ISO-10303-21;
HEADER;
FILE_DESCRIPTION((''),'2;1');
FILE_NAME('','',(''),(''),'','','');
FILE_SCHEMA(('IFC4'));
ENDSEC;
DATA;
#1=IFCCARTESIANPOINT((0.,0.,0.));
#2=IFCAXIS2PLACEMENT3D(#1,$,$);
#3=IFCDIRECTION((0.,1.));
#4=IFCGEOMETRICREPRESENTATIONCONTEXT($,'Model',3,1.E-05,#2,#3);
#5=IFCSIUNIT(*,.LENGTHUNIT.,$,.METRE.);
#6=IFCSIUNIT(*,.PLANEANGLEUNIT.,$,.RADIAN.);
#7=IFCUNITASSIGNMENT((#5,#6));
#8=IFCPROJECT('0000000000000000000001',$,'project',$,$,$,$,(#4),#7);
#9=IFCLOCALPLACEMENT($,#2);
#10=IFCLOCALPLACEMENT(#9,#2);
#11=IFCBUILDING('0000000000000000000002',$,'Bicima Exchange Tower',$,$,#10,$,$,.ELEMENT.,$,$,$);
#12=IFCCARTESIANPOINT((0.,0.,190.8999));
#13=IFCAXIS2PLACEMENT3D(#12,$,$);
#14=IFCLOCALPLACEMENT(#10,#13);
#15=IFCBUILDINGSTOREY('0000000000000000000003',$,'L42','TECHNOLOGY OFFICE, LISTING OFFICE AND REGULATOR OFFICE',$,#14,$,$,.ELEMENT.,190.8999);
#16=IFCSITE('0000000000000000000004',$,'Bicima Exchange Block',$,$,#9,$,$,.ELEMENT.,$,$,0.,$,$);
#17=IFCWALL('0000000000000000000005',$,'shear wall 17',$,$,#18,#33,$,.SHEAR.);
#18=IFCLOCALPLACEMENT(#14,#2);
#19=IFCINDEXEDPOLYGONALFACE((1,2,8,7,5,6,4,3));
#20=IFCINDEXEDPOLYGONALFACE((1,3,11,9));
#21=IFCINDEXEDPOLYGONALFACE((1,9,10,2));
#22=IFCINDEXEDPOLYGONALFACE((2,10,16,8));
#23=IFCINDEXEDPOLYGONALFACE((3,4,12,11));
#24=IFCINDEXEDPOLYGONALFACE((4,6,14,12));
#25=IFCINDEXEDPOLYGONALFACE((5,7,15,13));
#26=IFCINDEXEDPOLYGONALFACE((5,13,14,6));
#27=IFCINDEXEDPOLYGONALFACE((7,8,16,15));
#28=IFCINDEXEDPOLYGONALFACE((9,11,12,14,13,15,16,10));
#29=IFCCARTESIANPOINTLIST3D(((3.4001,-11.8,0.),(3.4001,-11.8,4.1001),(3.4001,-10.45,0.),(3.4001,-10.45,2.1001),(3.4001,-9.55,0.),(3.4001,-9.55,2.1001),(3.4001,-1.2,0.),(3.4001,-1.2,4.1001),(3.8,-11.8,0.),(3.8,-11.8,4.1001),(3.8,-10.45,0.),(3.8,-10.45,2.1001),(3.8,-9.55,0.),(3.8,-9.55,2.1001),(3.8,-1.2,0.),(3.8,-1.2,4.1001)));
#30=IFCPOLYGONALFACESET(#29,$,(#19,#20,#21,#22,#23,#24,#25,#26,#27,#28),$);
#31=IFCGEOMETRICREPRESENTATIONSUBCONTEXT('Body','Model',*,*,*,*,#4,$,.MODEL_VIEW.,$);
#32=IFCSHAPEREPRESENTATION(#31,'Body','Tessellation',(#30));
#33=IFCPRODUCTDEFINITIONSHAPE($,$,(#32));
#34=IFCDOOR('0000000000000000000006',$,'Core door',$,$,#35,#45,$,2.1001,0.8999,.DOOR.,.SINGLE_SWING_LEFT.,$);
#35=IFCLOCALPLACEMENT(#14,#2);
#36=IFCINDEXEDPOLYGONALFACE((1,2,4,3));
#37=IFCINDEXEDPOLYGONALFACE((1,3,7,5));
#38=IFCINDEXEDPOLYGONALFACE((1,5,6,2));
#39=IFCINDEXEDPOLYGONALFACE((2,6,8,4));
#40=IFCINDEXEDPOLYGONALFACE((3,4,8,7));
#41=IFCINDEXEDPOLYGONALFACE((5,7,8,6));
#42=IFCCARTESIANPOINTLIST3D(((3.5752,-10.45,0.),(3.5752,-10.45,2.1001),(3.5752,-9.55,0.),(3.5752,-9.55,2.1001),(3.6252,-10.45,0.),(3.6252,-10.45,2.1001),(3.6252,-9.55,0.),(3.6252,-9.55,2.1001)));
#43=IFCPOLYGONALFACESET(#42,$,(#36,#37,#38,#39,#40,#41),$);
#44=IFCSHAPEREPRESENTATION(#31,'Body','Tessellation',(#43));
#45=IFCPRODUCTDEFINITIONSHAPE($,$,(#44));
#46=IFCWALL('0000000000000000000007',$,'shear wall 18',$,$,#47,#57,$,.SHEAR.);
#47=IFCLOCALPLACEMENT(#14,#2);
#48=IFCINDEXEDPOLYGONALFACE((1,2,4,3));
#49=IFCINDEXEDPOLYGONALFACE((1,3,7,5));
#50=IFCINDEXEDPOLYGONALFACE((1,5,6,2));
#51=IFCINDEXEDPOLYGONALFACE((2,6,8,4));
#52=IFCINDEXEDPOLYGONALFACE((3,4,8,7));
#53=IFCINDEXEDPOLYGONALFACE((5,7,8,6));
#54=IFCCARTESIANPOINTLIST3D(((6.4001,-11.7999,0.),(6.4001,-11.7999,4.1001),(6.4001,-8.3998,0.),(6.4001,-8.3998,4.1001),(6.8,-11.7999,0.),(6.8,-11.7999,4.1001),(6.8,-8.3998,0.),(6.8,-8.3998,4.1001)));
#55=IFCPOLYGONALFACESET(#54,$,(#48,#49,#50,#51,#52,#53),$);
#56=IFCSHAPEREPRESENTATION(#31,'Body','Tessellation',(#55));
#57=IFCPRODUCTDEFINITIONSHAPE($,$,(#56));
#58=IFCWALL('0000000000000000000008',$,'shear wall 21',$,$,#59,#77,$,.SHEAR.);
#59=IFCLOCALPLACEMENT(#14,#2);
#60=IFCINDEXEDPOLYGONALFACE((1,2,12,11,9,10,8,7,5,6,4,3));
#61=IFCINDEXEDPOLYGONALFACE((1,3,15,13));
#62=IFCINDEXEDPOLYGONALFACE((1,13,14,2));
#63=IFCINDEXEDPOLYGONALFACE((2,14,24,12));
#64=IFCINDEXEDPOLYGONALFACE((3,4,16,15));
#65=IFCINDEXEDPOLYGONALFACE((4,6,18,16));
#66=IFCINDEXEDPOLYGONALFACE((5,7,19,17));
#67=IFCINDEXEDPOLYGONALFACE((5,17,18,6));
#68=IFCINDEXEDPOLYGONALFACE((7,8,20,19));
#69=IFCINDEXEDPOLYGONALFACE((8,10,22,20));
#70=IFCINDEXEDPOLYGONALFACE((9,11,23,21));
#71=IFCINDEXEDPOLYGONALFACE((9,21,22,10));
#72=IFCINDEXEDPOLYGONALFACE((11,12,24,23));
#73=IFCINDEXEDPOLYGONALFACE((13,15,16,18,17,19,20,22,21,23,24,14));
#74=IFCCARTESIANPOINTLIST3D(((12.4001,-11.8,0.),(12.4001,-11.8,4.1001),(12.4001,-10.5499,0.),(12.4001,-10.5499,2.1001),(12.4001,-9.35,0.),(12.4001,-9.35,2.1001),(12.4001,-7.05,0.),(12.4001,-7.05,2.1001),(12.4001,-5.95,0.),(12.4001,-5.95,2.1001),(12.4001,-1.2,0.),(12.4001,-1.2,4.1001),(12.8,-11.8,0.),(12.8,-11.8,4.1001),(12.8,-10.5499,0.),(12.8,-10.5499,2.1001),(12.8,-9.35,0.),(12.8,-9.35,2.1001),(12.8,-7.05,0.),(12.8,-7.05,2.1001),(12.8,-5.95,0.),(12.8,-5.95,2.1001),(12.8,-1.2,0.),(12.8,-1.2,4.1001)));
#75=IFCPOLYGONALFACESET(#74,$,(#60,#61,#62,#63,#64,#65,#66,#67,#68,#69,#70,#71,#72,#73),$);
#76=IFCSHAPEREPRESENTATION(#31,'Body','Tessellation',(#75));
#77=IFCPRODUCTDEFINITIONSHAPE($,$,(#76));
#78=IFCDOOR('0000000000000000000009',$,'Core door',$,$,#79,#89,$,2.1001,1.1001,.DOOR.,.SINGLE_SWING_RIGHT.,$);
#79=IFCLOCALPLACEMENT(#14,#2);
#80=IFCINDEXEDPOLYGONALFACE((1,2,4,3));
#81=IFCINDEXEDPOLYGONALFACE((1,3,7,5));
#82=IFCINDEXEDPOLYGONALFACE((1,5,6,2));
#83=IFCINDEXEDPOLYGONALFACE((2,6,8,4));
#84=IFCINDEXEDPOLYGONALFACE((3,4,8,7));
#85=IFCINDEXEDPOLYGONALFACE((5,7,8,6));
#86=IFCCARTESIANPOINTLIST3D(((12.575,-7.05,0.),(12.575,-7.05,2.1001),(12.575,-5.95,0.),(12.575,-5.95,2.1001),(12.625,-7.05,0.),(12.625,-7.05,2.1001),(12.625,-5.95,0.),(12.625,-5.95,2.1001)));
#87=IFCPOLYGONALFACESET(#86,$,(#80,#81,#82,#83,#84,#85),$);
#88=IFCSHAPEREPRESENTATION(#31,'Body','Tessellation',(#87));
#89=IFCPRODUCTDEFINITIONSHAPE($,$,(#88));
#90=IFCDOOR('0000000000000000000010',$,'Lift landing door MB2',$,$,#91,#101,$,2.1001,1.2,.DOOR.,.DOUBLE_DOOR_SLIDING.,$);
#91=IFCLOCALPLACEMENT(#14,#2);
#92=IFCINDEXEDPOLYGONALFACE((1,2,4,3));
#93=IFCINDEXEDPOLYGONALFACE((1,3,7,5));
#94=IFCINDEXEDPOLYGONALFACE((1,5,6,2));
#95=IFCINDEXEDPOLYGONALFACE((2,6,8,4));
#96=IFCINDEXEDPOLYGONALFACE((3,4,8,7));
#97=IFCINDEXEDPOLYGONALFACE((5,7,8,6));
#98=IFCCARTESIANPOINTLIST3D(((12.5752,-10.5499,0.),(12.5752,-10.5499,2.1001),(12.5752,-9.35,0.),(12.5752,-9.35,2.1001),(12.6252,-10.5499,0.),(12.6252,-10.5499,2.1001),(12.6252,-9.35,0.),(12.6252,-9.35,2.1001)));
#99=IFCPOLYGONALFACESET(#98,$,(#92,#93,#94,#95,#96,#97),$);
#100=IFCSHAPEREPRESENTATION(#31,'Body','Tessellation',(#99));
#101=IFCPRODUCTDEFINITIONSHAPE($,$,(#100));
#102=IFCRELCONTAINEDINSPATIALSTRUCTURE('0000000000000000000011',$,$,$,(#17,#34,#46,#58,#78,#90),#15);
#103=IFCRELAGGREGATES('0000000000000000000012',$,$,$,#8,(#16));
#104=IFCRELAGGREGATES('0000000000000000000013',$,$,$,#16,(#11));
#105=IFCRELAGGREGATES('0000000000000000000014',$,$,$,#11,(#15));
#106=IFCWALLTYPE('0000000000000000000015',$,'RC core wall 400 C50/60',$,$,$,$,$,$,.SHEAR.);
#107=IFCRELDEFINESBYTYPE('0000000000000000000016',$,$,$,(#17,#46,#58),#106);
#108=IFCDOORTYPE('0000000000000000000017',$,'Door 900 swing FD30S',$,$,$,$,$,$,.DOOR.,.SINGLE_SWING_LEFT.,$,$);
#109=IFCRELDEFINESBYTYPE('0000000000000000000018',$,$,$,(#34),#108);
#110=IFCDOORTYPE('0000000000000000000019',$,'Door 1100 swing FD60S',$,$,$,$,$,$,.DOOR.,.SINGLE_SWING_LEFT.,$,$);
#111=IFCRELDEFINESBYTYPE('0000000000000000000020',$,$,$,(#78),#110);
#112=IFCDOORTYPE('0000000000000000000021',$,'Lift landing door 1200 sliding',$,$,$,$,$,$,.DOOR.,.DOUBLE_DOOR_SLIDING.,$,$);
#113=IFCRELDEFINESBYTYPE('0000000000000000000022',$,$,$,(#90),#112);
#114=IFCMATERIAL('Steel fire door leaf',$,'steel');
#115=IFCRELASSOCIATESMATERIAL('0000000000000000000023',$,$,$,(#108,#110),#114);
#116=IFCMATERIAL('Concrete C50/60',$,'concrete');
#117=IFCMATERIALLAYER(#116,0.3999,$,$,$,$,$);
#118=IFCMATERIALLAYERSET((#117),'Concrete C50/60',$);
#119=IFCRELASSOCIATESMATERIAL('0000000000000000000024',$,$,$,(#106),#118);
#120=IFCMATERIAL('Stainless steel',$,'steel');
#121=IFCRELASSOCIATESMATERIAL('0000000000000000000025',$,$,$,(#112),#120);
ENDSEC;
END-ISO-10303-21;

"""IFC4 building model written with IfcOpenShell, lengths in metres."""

from ifc_helpers import new_model, si_unit, direction, frame, frame_2d, origin, place, context, subcontext, project, spatial, rectangle, extrude, material, layer, layer_set, type_object, element, fill, save


model = new_model("IFC4")

# Units and contexts
model_context = context("Model", 3, precision=1e-05, world=origin(), true_north=direction((0.0, 1.0)))
body_context = subcontext(model_context, "Body", "Model", "MODEL_VIEW")
ifc_project = project(units=[si_unit("LENGTHUNIT", "METRE"), si_unit("PLANEANGLEUNIT", "RADIAN")], contexts=[model_context])

# Site, building, storey
site_placement = place(None, origin())
site = spatial("IfcSite", under=ifc_project, at=site_placement, Name="Bicima Exchange Block", CompositionType="ELEMENT", RefElevation=0.0)
building_placement = place(site_placement, origin())
building = spatial("IfcBuilding", under=site, at=building_placement, Name="Bicima Exchange Tower", CompositionType="ELEMENT")
storey_placement = place(building_placement, frame((0.0, 0.0, 190.8999)))
storey = spatial("IfcBuildingStorey", under=building, at=storey_placement, Name="L42", Description="TECHNOLOGY OFFICE, LISTING OFFICE AND REGULATOR OFFICE", CompositionType="ELEMENT", Elevation=190.8999)

# Shared definitions
ifc_material_1 = material(Name="Steel fire door leaf", Category="steel")
door_type_1 = type_object("IfcDoorType", Name="Door 900 swing FD30S", OperationType="SINGLE_SWING_LEFT", PredefinedType="DOOR", material=ifc_material_1)

# Shared definitions
ifc_material_2 = material(Name="Concrete C50/60", Category="concrete")
ifc_layer_1 = layer(ifc_material_2, 0.3999)
ifc_layer_set_1 = layer_set([ifc_layer_1], Name="Concrete C50/60")
wall_type_1 = type_object("IfcWallType", Name="RC core wall 400 C50/60", PredefinedType="SHEAR", material=ifc_layer_set_1)

# Wall, opening, door
wall_1_placement = place(storey_placement, frame((3.6001, -11.8, 0.0), z_axis=(0.0, 0.0, 1.0), x_axis=(0.0, 1.0, 0.0)))
wall_1 = element("IfcWall", 1, at=wall_1_placement, inside=storey, type_object=wall_type_1, Name="shear wall 17", PredefinedType="SHEAR", context=body_context, shape_type="SweptSolid", body=[
    extrude(rectangle(XDim=10.6001, YDim=0.3999, at=frame_2d((5.3, 0.0))), origin(), (0.0, 0.0, 1.0), 4.1001),
])
opening_1_placement = place(wall_1_placement, frame((1.3501, 0.0, 0.0)))
opening_1 = element("IfcOpeningElement", 2, at=opening_1_placement, cuts=wall_1, PredefinedType="OPENING", context=body_context, shape_type="SweptSolid", body=[
    extrude(rectangle(XDim=0.8999, YDim=2.1001, at=frame_2d((0.45, 1.05))), frame((0.0, 0.2119, 0.0), z_axis=(0.0, -1.0, 0.0), x_axis=(1.0, 0.0, 0.0)), (0.0, 0.0, 1.0), 0.4238),
])
door_1_placement = place(opening_1_placement, origin())
door_1 = element("IfcDoor", 3, at=door_1_placement, inside=storey, type_object=door_type_1, Name="Core door", OperationType="SINGLE_SWING_LEFT", OverallHeight=2.1001, OverallWidth=0.8999, PredefinedType="DOOR", context=body_context, shape_type="SweptSolid", body=[
    extrude(rectangle(XDim=0.8999, YDim=2.1001, at=frame_2d((0.45, 1.05))), frame((0.0, 0.0249, 0.0), z_axis=(0.0, -1.0, 0.0), x_axis=(1.0, 0.0, 0.0)), (0.0, 0.0, 1.0), 0.05),
])
fill(opening_1, door_1)

# Wall
wall_2_placement = place(storey_placement, frame((6.6001, -11.8, 0.0), z_axis=(0.0, 0.0, 1.0), x_axis=(0.0, 1.0, 0.0)))
element("IfcWall", 4, at=wall_2_placement, inside=storey, type_object=wall_type_1, Name="shear wall 18", PredefinedType="SHEAR", context=body_context, shape_type="SweptSolid", body=[
    extrude(rectangle(XDim=3.4001, YDim=0.3999, at=frame_2d((1.7002, 0.0))), origin(), (0.0, 0.0, 1.0), 4.1001),
])

# Wall, openings, doors
wall_3_placement = place(storey_placement, frame((12.6001, -11.8, 0.0), z_axis=(0.0, 0.0, 1.0), x_axis=(0.0, 1.0, 0.0)))
wall_3 = element("IfcWall", 5, at=wall_3_placement, inside=storey, type_object=wall_type_1, Name="shear wall 21", PredefinedType="SHEAR", context=body_context, shape_type="SweptSolid", body=[
    extrude(rectangle(XDim=10.6001, YDim=0.3999, at=frame_2d((5.3, 0.0))), origin(), (0.0, 0.0, 1.0), 4.1001),
])
opening_2_placement = place(wall_3_placement, frame((1.25, 0.0, 0.0)))
opening_2 = element("IfcOpeningElement", 6, at=opening_2_placement, cuts=wall_3, PredefinedType="OPENING", context=body_context, shape_type="SweptSolid", body=[
    extrude(rectangle(XDim=1.2, YDim=2.1001, at=frame_2d((0.6001, 1.05))), frame((0.0, 0.2119, 0.0), z_axis=(0.0, -1.0, 0.0), x_axis=(1.0, 0.0, 0.0)), (0.0, 0.0, 1.0), 0.4238),
])
opening_3_placement = place(wall_3_placement, frame((4.75, 0.0, 0.0)))
opening_3 = element("IfcOpeningElement", 7, at=opening_3_placement, cuts=wall_3, PredefinedType="OPENING", context=body_context, shape_type="SweptSolid", body=[
    extrude(rectangle(XDim=1.1001, YDim=2.1001, at=frame_2d((0.55, 1.05))), frame((0.0, 0.2119, 0.0), z_axis=(0.0, -1.0, 0.0), x_axis=(1.0, 0.0, 0.0)), (0.0, 0.0, 1.0), 0.4238),
])
door_type_2 = type_object("IfcDoorType", Name="Door 1100 swing FD60S", OperationType="SINGLE_SWING_LEFT", PredefinedType="DOOR", material=ifc_material_1)
door_2_placement = place(opening_3_placement, frame((1.1001, 0.0, 0.0), z_axis=(0.0, 0.0, 1.0), x_axis=(-1.0, 0.0, 0.0)))
door_2 = element("IfcDoor", 8, at=door_2_placement, inside=storey, type_object=door_type_2, Name="Core door", OperationType="SINGLE_SWING_RIGHT", OverallHeight=2.1001, OverallWidth=1.1001, PredefinedType="DOOR", context=body_context, shape_type="SweptSolid", body=[
    extrude(rectangle(XDim=1.1001, YDim=2.1001, at=frame_2d((0.55, 1.05))), frame((0.0, 0.0249, 0.0), z_axis=(0.0, -1.0, 0.0), x_axis=(1.0, 0.0, 0.0)), (0.0, 0.0, 1.0), 0.05),
])
fill(opening_3, door_2)
ifc_material_3 = material(Name="Stainless steel", Category="steel")
door_type_3 = type_object("IfcDoorType", Name="Lift landing door 1200 sliding", OperationType="DOUBLE_DOOR_SLIDING", PredefinedType="DOOR", material=ifc_material_3)
door_3_placement = place(opening_2_placement, origin())
door_3 = element("IfcDoor", 9, at=door_3_placement, inside=storey, type_object=door_type_3, Name="Lift landing door MB2", OperationType="DOUBLE_DOOR_SLIDING", OverallHeight=2.1001, OverallWidth=1.2, PredefinedType="DOOR", context=body_context, shape_type="SweptSolid", body=[
    extrude(rectangle(XDim=1.2, YDim=2.1001, at=frame_2d((0.6001, 1.05))), frame((0.0, 0.0249, 0.0), z_axis=(0.0, -1.0, 0.0), x_axis=(1.0, 0.0, 0.0)), (0.0, 0.0, 1.0), 0.05),
])
fill(opening_2, door_3)

save(model, "model.ifc")
